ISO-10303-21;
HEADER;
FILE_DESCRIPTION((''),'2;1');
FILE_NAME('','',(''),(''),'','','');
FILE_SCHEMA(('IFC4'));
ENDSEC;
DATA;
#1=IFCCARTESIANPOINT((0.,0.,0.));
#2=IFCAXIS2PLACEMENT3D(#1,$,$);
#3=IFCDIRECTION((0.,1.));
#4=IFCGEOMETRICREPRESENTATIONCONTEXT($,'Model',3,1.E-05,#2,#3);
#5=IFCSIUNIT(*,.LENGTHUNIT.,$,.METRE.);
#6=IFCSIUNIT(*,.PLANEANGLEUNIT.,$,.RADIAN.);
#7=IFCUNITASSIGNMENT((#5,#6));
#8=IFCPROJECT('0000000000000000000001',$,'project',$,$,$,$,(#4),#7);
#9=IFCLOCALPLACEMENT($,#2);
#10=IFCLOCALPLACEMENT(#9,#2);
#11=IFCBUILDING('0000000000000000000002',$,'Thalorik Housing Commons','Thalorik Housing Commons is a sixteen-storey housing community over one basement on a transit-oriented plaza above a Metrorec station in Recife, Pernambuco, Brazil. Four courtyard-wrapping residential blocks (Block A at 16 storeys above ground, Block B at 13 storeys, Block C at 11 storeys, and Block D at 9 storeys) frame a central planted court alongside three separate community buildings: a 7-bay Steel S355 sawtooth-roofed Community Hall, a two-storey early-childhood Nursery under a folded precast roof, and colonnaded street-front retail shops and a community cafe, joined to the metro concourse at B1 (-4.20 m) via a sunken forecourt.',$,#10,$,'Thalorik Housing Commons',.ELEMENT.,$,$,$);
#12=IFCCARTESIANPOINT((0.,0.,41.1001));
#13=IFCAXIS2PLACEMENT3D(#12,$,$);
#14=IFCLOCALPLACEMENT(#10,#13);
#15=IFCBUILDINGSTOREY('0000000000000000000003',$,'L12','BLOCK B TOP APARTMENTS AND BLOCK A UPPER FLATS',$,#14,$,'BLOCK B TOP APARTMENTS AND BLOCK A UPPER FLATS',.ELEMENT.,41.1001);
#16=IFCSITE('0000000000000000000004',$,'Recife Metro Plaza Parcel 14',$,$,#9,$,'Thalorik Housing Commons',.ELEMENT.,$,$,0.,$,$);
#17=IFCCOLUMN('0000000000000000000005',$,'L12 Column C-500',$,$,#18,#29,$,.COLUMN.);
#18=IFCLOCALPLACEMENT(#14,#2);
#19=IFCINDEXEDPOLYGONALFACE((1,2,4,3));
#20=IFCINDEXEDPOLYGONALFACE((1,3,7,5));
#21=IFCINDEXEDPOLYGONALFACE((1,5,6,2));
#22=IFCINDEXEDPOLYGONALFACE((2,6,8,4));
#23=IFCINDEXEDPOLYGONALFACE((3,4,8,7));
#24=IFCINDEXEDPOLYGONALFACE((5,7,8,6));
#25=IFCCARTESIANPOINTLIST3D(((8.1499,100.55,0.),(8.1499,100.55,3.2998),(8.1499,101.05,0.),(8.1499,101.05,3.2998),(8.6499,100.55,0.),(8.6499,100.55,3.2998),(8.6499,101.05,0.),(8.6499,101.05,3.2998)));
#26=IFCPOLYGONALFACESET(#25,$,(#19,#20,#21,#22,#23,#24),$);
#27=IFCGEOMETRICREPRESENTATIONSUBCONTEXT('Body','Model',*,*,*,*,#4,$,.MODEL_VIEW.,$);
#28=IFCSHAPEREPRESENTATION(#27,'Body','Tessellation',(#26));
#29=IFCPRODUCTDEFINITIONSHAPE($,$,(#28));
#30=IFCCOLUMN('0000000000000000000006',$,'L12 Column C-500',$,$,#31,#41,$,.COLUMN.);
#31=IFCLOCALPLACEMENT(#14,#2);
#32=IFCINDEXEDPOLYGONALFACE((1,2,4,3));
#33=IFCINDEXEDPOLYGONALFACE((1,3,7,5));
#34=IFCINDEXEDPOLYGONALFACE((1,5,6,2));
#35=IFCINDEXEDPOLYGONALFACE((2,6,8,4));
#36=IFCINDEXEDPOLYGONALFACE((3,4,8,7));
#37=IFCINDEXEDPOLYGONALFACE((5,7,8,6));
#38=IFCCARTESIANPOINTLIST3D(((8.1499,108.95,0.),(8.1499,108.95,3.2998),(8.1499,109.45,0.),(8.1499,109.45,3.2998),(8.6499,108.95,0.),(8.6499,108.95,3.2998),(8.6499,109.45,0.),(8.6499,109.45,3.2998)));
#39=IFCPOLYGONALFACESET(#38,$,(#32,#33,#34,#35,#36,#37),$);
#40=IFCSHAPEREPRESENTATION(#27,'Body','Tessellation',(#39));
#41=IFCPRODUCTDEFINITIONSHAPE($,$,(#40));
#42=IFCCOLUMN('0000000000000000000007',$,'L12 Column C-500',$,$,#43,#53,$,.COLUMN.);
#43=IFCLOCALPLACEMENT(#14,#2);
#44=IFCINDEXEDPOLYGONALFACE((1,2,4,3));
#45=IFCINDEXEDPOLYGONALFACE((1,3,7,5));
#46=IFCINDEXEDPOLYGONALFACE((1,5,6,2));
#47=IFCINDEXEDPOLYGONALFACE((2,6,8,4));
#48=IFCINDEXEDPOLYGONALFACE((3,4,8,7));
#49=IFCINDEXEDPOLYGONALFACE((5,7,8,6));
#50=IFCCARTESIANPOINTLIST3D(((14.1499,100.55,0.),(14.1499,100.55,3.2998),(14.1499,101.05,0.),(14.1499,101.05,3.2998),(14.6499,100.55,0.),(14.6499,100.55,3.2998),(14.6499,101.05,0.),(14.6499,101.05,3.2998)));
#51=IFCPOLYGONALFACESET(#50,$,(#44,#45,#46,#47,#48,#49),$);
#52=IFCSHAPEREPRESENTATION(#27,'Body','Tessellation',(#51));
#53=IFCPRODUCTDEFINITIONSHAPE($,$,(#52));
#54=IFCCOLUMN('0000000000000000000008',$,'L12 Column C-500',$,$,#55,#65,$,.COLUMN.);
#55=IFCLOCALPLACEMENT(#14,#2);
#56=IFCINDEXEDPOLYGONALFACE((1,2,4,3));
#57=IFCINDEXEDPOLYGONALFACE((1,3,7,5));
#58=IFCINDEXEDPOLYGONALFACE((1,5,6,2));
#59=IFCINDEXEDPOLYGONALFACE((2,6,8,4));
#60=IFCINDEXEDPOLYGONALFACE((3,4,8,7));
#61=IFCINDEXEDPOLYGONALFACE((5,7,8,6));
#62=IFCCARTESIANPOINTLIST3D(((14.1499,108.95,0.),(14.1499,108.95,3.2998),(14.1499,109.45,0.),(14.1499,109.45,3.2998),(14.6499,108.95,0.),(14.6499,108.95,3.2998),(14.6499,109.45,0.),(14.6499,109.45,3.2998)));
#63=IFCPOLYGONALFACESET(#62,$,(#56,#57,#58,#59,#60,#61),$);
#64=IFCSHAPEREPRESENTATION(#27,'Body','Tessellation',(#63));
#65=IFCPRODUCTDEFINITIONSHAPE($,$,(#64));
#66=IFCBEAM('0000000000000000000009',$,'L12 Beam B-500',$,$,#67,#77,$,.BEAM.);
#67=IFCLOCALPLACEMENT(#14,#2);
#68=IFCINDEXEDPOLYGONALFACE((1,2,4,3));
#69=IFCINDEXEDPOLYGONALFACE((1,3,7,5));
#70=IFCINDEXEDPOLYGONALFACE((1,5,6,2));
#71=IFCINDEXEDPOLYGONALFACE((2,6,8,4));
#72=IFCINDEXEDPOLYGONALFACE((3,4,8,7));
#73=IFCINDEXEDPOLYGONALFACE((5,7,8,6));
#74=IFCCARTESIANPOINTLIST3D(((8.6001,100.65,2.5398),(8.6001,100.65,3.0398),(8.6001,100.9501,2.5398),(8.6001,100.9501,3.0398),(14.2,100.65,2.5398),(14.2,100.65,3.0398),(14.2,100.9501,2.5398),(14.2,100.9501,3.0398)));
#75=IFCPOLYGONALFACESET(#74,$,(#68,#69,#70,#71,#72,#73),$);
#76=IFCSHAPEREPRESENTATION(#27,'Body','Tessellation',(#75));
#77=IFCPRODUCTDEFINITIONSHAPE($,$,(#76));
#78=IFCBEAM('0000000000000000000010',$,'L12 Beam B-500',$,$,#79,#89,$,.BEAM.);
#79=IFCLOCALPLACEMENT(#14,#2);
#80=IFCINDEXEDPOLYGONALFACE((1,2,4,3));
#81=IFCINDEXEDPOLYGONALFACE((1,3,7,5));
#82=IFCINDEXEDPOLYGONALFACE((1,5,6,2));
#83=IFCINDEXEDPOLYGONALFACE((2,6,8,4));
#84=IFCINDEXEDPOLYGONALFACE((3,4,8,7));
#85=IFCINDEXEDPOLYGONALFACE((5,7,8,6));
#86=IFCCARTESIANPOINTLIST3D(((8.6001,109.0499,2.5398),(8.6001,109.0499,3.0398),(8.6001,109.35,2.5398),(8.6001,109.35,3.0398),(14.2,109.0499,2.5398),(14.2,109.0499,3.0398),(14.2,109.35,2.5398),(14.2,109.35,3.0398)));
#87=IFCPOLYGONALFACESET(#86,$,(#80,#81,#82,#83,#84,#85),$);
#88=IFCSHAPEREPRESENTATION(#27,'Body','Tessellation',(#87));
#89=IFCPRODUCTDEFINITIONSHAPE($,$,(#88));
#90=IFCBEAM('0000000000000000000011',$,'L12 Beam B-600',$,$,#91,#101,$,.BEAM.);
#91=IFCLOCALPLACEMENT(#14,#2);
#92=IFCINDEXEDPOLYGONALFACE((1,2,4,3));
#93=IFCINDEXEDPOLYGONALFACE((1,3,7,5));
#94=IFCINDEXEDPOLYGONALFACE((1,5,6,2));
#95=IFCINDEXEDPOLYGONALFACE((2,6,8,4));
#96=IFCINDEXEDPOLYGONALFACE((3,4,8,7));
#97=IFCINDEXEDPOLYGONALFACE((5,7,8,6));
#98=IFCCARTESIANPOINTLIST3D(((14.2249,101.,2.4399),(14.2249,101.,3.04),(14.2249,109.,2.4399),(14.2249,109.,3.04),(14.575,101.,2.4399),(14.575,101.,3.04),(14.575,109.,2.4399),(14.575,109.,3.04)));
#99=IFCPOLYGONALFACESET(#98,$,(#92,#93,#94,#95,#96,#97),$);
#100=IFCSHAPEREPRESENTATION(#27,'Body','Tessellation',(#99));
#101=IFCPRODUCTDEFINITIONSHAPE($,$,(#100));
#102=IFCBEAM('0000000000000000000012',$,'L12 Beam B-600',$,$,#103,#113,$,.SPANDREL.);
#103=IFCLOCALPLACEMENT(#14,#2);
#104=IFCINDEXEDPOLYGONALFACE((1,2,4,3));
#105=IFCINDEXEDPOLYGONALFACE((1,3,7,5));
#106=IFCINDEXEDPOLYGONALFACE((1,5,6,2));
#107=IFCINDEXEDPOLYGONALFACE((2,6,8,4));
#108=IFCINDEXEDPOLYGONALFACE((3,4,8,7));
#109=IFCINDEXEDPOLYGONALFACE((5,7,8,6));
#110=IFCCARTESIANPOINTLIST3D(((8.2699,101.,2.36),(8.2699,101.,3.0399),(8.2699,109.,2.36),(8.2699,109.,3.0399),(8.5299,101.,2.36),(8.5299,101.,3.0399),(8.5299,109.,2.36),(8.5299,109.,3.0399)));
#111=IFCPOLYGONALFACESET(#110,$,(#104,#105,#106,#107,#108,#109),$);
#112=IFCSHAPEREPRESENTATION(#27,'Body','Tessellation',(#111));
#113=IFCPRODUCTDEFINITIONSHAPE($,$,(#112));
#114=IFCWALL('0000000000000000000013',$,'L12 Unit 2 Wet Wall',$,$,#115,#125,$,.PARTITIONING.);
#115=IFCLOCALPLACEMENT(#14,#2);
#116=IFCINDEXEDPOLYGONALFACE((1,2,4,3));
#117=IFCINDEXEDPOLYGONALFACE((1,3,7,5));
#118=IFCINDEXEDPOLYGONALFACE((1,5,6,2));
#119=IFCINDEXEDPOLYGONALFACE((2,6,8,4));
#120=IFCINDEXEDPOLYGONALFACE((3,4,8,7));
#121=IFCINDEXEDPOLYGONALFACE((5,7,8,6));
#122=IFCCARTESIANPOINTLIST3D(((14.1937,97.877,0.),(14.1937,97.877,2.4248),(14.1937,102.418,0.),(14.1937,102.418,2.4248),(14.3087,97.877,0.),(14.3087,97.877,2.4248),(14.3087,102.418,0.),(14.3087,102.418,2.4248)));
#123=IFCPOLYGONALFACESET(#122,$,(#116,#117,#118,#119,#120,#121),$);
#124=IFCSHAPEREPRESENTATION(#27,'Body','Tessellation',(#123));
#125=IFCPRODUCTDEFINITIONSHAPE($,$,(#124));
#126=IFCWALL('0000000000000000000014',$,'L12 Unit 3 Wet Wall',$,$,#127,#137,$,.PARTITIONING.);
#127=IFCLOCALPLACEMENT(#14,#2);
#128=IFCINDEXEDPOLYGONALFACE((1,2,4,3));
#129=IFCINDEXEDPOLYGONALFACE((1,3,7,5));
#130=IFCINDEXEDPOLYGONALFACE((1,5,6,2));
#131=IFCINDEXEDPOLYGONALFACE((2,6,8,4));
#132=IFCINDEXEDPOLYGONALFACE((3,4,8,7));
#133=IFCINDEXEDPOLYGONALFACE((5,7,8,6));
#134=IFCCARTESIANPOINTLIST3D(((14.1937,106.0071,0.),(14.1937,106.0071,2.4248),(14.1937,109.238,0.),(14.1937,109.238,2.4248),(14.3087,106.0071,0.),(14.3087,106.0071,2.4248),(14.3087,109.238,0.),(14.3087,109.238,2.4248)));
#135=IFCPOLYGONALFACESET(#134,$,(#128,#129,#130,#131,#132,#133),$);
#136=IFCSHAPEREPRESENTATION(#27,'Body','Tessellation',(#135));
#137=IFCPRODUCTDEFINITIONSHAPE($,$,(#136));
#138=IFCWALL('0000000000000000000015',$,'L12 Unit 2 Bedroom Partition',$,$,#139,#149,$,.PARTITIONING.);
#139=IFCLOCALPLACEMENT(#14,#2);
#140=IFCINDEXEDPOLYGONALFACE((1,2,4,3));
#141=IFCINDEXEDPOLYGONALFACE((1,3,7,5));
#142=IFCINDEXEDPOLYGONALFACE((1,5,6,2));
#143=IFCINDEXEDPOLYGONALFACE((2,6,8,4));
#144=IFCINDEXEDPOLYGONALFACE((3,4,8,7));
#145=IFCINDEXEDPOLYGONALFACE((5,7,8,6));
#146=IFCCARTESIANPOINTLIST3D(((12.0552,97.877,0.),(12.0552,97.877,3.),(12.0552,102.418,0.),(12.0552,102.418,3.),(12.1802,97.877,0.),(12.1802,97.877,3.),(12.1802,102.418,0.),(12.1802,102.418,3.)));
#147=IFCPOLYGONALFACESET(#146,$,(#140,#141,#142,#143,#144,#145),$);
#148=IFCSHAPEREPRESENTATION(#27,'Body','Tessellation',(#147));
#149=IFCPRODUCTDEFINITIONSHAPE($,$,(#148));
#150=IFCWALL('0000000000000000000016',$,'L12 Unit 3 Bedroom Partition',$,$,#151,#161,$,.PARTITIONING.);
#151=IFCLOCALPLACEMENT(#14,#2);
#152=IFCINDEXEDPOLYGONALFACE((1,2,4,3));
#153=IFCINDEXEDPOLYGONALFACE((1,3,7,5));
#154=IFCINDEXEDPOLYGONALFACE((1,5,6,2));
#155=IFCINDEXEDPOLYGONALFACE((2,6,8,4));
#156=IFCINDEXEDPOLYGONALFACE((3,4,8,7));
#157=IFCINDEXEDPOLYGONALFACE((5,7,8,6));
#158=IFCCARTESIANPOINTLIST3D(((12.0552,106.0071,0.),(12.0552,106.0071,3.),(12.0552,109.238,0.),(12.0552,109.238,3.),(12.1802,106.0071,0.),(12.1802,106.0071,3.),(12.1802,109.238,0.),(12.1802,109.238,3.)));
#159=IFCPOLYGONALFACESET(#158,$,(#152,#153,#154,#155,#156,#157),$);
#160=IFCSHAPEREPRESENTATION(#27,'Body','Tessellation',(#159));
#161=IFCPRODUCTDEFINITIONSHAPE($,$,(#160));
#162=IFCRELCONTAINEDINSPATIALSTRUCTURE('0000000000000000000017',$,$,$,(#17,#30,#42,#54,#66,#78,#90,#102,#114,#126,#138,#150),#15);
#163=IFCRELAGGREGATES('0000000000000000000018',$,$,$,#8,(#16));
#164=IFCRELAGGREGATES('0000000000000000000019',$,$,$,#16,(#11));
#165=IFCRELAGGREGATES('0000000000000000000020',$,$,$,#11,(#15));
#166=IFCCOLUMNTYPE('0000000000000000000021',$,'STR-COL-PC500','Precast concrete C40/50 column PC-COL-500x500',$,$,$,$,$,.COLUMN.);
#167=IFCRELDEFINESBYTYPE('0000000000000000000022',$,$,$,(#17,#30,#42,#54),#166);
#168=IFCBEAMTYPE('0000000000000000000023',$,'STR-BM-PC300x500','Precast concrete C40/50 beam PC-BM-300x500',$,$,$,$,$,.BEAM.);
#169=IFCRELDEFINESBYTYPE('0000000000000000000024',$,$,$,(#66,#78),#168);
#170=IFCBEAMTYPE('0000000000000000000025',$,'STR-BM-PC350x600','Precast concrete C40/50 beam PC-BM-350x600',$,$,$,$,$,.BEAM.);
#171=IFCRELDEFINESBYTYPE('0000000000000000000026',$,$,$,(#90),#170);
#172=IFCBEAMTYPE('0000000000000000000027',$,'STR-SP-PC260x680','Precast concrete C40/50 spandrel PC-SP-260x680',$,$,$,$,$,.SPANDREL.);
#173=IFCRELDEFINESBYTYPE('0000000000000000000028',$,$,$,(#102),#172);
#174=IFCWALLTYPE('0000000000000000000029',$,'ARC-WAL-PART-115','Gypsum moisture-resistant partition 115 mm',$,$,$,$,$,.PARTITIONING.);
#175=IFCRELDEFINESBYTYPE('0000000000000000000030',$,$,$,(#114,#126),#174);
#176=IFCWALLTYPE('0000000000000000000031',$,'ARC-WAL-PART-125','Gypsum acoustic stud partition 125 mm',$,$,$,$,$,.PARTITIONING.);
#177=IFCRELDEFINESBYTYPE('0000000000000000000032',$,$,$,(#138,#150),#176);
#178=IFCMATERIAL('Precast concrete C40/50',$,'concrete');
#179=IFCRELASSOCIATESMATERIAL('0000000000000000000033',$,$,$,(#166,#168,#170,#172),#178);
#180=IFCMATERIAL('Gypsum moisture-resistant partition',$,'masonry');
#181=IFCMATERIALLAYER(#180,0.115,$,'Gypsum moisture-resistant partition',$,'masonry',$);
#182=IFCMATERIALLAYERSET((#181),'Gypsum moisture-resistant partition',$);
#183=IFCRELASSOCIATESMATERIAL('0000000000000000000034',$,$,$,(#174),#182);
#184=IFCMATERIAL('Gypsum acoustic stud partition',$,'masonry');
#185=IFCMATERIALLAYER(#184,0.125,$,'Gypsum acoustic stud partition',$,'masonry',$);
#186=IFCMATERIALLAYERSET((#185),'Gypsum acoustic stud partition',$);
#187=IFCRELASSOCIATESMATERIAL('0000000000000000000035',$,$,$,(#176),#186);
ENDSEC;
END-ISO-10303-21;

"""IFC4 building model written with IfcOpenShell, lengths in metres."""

from ifc_helpers import new_model, si_unit, direction, frame, frame_2d, origin, origin_2d, place, context, subcontext, project, spatial, rectangle, extrude, material, layer, layer_set, material_profile, profile_set, type_object, element, save


model = new_model("IFC4")

# Units and contexts
model_context = context("Model", 3, precision=1e-05, world=origin(), true_north=direction((0.0, 1.0)))
body_context = subcontext(model_context, "Body", "Model", "MODEL_VIEW")
ifc_project = project(units=[si_unit("LENGTHUNIT", "METRE"), si_unit("PLANEANGLEUNIT", "RADIAN")], contexts=[model_context])

# Site, building, storey
site_placement = place(None, origin())
site = spatial("IfcSite", under=ifc_project, at=site_placement, Name="Recife Metro Plaza Parcel 14", LongName="Thalorik Housing Commons", CompositionType="ELEMENT", RefElevation=0.0)
building_placement = place(site_placement, origin())
building = spatial("IfcBuilding", under=site, at=building_placement, Name="Thalorik Housing Commons", Description="Thalorik Housing Commons is a sixteen-storey housing community over one basement on a transit-oriented plaza above a Metrorec station in Recife, Pernambuco, Brazil. Four courtyard-wrapping residential blocks (Block A at 16 storeys above ground, Block B at 13 storeys, Block C at 11 storeys, and Block D at 9 storeys) frame a central planted court alongside three separate community buildings: a 7-bay Steel S355 sawtooth-roofed Community Hall, a two-storey early-childhood Nursery under a folded precast roof, and colonnaded street-front retail shops and a community cafe, joined to the metro concourse at B1 (-4.20 m) via a sunken forecourt.", LongName="Thalorik Housing Commons", CompositionType="ELEMENT")
storey_placement = place(building_placement, frame((0.0, 0.0, 41.1001)))
storey = spatial("IfcBuildingStorey", under=building, at=storey_placement, Name="L12", Description="BLOCK B TOP APARTMENTS AND BLOCK A UPPER FLATS", LongName="BLOCK B TOP APARTMENTS AND BLOCK A UPPER FLATS", CompositionType="ELEMENT", Elevation=41.1001)

# Columns
ifc_material_1 = material(Name="Precast concrete C40/50", Category="concrete")
ifc_material_profile_1 = material_profile(ifc_material_1, rectangle(XDim=0.5, YDim=0.5, at=origin_2d()), Name="PC 500x500", Category="concrete")
ifc_profile_set_1 = profile_set([ifc_material_profile_1], Name="Precast concrete C40/50")
column_type = type_object("IfcColumnType", Name="STR-COL-PC500", Description="Precast concrete C40/50 column PC-COL-500x500", PredefinedType="COLUMN", material=ifc_profile_set_1)
for number, where, z_axis, x_axis, name in (
    (1, (8.3999, 100.8, 0.0), (0.0, 0.0, 1.0), (1.0, 0.0, 0.0), "L12 Column C-500"),
    (2, (8.3999, 109.2, 0.0), (0.0, 0.0, 1.0), (1.0, 0.0, 0.0), "L12 Column C-500"),
    (3, (14.3999, 100.8, 0.0), (0.0, 0.0, 1.0), (1.0, 0.0, 0.0), "L12 Column C-500"),
    (4, (14.3999, 109.2, 0.0), (0.0, 0.0, 1.0), (1.0, 0.0, 0.0), "L12 Column C-500"),
):
    element("IfcColumn", number, at=place(storey_placement, frame(where, z_axis=z_axis, x_axis=x_axis)), inside=storey, type_object=column_type, Name=name, PredefinedType="COLUMN", context=body_context, shape_type="SweptSolid", body=[
        extrude(rectangle(XDim=0.5, YDim=0.5, at=origin_2d()), origin(), (0.0, 0.0, 1.0), 3.2998),
    ])

# Beams
ifc_material_profile_2 = material_profile(ifc_material_1, rectangle(XDim=0.3, YDim=0.5, at=origin_2d()), Name="PC 300x500", Category="concrete")
ifc_profile_set_2 = profile_set([ifc_material_profile_2], Name="Precast concrete C40/50")
beam_type_1 = type_object("IfcBeamType", Name="STR-BM-PC300x500", Description="Precast concrete C40/50 beam PC-BM-300x500", PredefinedType="BEAM", material=ifc_profile_set_2)
for number, where, z_axis, x_axis, name in (
    (5, (8.6001, 100.8, 2.7898), (1.0, 0.0, 0.0), (0.0, 1.0, 0.0), "L12 Beam B-500"),
    (6, (8.6001, 109.2, 2.7898), (1.0, 0.0, 0.0), (0.0, 1.0, 0.0), "L12 Beam B-500"),
):
    element("IfcBeam", number, at=place(storey_placement, frame(where, z_axis=z_axis, x_axis=x_axis)), inside=storey, type_object=beam_type_1, Name=name, PredefinedType="BEAM", context=body_context, shape_type="SweptSolid", body=[
        extrude(rectangle(XDim=0.3, YDim=0.5, at=origin_2d()), origin(), (0.0, 0.0, 1.0), 5.5999),
    ])
ifc_material_profile_3 = material_profile(ifc_material_1, rectangle(XDim=0.3501, YDim=0.6001, at=origin_2d()), Name="PC 350x600", Category="concrete")
ifc_profile_set_3 = profile_set([ifc_material_profile_3], Name="Precast concrete C40/50")
beam_type_2 = type_object("IfcBeamType", Name="STR-BM-PC350x600", Description="Precast concrete C40/50 beam PC-BM-350x600", PredefinedType="BEAM", material=ifc_profile_set_3)
beam_1_placement = place(storey_placement, frame((14.3999, 101.0, 2.74), z_axis=(0.0, 1.0, 0.0), x_axis=(-1.0, 0.0, 0.0)))
element("IfcBeam", 7, at=beam_1_placement, inside=storey, type_object=beam_type_2, Name="L12 Beam B-600", PredefinedType="BEAM", context=body_context, shape_type="SweptSolid", body=[
    extrude(rectangle(XDim=0.3501, YDim=0.6001, at=origin_2d()), origin(), (0.0, 0.0, 1.0), 8.0),
])
ifc_material_profile_4 = material_profile(ifc_material_1, rectangle(XDim=0.26, YDim=0.6799, at=origin_2d()), Name="PC SP 260x680", Category="concrete")
ifc_profile_set_4 = profile_set([ifc_material_profile_4], Name="Precast concrete C40/50")
beam_type_3 = type_object("IfcBeamType", Name="STR-SP-PC260x680", Description="Precast concrete C40/50 spandrel PC-SP-260x680", PredefinedType="SPANDREL", material=ifc_profile_set_4)
beam_2_placement = place(storey_placement, frame((8.3999, 101.0, 2.7), z_axis=(0.0, 1.0, 0.0), x_axis=(-1.0, 0.0, 0.0)))
element("IfcBeam", 8, at=beam_2_placement, inside=storey, type_object=beam_type_3, Name="L12 Beam B-600", PredefinedType="SPANDREL", context=body_context, shape_type="SweptSolid", body=[
    extrude(rectangle(XDim=0.26, YDim=0.6799, at=origin_2d()), origin(), (0.0, 0.0, 1.0), 8.0),
])

# Walls
ifc_material_2 = material(Name="Gypsum moisture-resistant partition", Category="masonry")
ifc_layer_1 = layer(ifc_material_2, 0.115, Name="Gypsum moisture-resistant partition", Category="masonry")
ifc_layer_set_1 = layer_set([ifc_layer_1], Name="Gypsum moisture-resistant partition")
wall_type_1 = type_object("IfcWallType", Name="ARC-WAL-PART-115", Description="Gypsum moisture-resistant partition 115 mm", PredefinedType="PARTITIONING", material=ifc_layer_set_1)
wall_1_placement = place(storey_placement, frame((14.2512, 97.877, 0.0), z_axis=(0.0, 0.0, 1.0), x_axis=(0.0, 1.0, 0.0)))
element("IfcWall", 9, at=wall_1_placement, inside=storey, type_object=wall_type_1, Name="L12 Unit 2 Wet Wall", PredefinedType="PARTITIONING", context=body_context, shape_type="SweptSolid", body=[
    extrude(rectangle(XDim=4.541, YDim=0.115, at=frame_2d((2.2705, 0.0))), origin(), (0.0, 0.0, 1.0), 2.4248),
])
wall_2_placement = place(storey_placement, frame((14.2512, 106.0071, 0.0), z_axis=(0.0, 0.0, 1.0), x_axis=(0.0, 1.0, 0.0)))
element("IfcWall", 10, at=wall_2_placement, inside=storey, type_object=wall_type_1, Name="L12 Unit 3 Wet Wall", PredefinedType="PARTITIONING", context=body_context, shape_type="SweptSolid", body=[
    extrude(rectangle(XDim=3.231, YDim=0.115, at=frame_2d((1.6155, 0.0))), origin(), (0.0, 0.0, 1.0), 2.4248),
])
ifc_material_3 = material(Name="Gypsum acoustic stud partition", Category="masonry")
ifc_layer_2 = layer(ifc_material_3, 0.125, Name="Gypsum acoustic stud partition", Category="masonry")
ifc_layer_set_2 = layer_set([ifc_layer_2], Name="Gypsum acoustic stud partition")
wall_type_2 = type_object("IfcWallType", Name="ARC-WAL-PART-125", Description="Gypsum acoustic stud partition 125 mm", PredefinedType="PARTITIONING", material=ifc_layer_set_2)
wall_3_placement = place(storey_placement, frame((12.1177, 97.877, 0.0), z_axis=(0.0, 0.0, 1.0), x_axis=(0.0, 1.0, 0.0)))
element("IfcWall", 11, at=wall_3_placement, inside=storey, type_object=wall_type_2, Name="L12 Unit 2 Bedroom Partition", PredefinedType="PARTITIONING", context=body_context, shape_type="SweptSolid", body=[
    extrude(rectangle(XDim=4.541, YDim=0.125, at=frame_2d((2.2705, 0.0))), origin(), (0.0, 0.0, 1.0), 3.0),
])
wall_4_placement = place(storey_placement, frame((12.1177, 106.0071, 0.0), z_axis=(0.0, 0.0, 1.0), x_axis=(0.0, 1.0, 0.0)))
element("IfcWall", 12, at=wall_4_placement, inside=storey, type_object=wall_type_2, Name="L12 Unit 3 Bedroom Partition", PredefinedType="PARTITIONING", context=body_context, shape_type="SweptSolid", body=[
    extrude(rectangle(XDim=3.231, YDim=0.125, at=frame_2d((1.6155, 0.0))), origin(), (0.0, 0.0, 1.0), 3.0),
])

save(model, "model.ifc")
